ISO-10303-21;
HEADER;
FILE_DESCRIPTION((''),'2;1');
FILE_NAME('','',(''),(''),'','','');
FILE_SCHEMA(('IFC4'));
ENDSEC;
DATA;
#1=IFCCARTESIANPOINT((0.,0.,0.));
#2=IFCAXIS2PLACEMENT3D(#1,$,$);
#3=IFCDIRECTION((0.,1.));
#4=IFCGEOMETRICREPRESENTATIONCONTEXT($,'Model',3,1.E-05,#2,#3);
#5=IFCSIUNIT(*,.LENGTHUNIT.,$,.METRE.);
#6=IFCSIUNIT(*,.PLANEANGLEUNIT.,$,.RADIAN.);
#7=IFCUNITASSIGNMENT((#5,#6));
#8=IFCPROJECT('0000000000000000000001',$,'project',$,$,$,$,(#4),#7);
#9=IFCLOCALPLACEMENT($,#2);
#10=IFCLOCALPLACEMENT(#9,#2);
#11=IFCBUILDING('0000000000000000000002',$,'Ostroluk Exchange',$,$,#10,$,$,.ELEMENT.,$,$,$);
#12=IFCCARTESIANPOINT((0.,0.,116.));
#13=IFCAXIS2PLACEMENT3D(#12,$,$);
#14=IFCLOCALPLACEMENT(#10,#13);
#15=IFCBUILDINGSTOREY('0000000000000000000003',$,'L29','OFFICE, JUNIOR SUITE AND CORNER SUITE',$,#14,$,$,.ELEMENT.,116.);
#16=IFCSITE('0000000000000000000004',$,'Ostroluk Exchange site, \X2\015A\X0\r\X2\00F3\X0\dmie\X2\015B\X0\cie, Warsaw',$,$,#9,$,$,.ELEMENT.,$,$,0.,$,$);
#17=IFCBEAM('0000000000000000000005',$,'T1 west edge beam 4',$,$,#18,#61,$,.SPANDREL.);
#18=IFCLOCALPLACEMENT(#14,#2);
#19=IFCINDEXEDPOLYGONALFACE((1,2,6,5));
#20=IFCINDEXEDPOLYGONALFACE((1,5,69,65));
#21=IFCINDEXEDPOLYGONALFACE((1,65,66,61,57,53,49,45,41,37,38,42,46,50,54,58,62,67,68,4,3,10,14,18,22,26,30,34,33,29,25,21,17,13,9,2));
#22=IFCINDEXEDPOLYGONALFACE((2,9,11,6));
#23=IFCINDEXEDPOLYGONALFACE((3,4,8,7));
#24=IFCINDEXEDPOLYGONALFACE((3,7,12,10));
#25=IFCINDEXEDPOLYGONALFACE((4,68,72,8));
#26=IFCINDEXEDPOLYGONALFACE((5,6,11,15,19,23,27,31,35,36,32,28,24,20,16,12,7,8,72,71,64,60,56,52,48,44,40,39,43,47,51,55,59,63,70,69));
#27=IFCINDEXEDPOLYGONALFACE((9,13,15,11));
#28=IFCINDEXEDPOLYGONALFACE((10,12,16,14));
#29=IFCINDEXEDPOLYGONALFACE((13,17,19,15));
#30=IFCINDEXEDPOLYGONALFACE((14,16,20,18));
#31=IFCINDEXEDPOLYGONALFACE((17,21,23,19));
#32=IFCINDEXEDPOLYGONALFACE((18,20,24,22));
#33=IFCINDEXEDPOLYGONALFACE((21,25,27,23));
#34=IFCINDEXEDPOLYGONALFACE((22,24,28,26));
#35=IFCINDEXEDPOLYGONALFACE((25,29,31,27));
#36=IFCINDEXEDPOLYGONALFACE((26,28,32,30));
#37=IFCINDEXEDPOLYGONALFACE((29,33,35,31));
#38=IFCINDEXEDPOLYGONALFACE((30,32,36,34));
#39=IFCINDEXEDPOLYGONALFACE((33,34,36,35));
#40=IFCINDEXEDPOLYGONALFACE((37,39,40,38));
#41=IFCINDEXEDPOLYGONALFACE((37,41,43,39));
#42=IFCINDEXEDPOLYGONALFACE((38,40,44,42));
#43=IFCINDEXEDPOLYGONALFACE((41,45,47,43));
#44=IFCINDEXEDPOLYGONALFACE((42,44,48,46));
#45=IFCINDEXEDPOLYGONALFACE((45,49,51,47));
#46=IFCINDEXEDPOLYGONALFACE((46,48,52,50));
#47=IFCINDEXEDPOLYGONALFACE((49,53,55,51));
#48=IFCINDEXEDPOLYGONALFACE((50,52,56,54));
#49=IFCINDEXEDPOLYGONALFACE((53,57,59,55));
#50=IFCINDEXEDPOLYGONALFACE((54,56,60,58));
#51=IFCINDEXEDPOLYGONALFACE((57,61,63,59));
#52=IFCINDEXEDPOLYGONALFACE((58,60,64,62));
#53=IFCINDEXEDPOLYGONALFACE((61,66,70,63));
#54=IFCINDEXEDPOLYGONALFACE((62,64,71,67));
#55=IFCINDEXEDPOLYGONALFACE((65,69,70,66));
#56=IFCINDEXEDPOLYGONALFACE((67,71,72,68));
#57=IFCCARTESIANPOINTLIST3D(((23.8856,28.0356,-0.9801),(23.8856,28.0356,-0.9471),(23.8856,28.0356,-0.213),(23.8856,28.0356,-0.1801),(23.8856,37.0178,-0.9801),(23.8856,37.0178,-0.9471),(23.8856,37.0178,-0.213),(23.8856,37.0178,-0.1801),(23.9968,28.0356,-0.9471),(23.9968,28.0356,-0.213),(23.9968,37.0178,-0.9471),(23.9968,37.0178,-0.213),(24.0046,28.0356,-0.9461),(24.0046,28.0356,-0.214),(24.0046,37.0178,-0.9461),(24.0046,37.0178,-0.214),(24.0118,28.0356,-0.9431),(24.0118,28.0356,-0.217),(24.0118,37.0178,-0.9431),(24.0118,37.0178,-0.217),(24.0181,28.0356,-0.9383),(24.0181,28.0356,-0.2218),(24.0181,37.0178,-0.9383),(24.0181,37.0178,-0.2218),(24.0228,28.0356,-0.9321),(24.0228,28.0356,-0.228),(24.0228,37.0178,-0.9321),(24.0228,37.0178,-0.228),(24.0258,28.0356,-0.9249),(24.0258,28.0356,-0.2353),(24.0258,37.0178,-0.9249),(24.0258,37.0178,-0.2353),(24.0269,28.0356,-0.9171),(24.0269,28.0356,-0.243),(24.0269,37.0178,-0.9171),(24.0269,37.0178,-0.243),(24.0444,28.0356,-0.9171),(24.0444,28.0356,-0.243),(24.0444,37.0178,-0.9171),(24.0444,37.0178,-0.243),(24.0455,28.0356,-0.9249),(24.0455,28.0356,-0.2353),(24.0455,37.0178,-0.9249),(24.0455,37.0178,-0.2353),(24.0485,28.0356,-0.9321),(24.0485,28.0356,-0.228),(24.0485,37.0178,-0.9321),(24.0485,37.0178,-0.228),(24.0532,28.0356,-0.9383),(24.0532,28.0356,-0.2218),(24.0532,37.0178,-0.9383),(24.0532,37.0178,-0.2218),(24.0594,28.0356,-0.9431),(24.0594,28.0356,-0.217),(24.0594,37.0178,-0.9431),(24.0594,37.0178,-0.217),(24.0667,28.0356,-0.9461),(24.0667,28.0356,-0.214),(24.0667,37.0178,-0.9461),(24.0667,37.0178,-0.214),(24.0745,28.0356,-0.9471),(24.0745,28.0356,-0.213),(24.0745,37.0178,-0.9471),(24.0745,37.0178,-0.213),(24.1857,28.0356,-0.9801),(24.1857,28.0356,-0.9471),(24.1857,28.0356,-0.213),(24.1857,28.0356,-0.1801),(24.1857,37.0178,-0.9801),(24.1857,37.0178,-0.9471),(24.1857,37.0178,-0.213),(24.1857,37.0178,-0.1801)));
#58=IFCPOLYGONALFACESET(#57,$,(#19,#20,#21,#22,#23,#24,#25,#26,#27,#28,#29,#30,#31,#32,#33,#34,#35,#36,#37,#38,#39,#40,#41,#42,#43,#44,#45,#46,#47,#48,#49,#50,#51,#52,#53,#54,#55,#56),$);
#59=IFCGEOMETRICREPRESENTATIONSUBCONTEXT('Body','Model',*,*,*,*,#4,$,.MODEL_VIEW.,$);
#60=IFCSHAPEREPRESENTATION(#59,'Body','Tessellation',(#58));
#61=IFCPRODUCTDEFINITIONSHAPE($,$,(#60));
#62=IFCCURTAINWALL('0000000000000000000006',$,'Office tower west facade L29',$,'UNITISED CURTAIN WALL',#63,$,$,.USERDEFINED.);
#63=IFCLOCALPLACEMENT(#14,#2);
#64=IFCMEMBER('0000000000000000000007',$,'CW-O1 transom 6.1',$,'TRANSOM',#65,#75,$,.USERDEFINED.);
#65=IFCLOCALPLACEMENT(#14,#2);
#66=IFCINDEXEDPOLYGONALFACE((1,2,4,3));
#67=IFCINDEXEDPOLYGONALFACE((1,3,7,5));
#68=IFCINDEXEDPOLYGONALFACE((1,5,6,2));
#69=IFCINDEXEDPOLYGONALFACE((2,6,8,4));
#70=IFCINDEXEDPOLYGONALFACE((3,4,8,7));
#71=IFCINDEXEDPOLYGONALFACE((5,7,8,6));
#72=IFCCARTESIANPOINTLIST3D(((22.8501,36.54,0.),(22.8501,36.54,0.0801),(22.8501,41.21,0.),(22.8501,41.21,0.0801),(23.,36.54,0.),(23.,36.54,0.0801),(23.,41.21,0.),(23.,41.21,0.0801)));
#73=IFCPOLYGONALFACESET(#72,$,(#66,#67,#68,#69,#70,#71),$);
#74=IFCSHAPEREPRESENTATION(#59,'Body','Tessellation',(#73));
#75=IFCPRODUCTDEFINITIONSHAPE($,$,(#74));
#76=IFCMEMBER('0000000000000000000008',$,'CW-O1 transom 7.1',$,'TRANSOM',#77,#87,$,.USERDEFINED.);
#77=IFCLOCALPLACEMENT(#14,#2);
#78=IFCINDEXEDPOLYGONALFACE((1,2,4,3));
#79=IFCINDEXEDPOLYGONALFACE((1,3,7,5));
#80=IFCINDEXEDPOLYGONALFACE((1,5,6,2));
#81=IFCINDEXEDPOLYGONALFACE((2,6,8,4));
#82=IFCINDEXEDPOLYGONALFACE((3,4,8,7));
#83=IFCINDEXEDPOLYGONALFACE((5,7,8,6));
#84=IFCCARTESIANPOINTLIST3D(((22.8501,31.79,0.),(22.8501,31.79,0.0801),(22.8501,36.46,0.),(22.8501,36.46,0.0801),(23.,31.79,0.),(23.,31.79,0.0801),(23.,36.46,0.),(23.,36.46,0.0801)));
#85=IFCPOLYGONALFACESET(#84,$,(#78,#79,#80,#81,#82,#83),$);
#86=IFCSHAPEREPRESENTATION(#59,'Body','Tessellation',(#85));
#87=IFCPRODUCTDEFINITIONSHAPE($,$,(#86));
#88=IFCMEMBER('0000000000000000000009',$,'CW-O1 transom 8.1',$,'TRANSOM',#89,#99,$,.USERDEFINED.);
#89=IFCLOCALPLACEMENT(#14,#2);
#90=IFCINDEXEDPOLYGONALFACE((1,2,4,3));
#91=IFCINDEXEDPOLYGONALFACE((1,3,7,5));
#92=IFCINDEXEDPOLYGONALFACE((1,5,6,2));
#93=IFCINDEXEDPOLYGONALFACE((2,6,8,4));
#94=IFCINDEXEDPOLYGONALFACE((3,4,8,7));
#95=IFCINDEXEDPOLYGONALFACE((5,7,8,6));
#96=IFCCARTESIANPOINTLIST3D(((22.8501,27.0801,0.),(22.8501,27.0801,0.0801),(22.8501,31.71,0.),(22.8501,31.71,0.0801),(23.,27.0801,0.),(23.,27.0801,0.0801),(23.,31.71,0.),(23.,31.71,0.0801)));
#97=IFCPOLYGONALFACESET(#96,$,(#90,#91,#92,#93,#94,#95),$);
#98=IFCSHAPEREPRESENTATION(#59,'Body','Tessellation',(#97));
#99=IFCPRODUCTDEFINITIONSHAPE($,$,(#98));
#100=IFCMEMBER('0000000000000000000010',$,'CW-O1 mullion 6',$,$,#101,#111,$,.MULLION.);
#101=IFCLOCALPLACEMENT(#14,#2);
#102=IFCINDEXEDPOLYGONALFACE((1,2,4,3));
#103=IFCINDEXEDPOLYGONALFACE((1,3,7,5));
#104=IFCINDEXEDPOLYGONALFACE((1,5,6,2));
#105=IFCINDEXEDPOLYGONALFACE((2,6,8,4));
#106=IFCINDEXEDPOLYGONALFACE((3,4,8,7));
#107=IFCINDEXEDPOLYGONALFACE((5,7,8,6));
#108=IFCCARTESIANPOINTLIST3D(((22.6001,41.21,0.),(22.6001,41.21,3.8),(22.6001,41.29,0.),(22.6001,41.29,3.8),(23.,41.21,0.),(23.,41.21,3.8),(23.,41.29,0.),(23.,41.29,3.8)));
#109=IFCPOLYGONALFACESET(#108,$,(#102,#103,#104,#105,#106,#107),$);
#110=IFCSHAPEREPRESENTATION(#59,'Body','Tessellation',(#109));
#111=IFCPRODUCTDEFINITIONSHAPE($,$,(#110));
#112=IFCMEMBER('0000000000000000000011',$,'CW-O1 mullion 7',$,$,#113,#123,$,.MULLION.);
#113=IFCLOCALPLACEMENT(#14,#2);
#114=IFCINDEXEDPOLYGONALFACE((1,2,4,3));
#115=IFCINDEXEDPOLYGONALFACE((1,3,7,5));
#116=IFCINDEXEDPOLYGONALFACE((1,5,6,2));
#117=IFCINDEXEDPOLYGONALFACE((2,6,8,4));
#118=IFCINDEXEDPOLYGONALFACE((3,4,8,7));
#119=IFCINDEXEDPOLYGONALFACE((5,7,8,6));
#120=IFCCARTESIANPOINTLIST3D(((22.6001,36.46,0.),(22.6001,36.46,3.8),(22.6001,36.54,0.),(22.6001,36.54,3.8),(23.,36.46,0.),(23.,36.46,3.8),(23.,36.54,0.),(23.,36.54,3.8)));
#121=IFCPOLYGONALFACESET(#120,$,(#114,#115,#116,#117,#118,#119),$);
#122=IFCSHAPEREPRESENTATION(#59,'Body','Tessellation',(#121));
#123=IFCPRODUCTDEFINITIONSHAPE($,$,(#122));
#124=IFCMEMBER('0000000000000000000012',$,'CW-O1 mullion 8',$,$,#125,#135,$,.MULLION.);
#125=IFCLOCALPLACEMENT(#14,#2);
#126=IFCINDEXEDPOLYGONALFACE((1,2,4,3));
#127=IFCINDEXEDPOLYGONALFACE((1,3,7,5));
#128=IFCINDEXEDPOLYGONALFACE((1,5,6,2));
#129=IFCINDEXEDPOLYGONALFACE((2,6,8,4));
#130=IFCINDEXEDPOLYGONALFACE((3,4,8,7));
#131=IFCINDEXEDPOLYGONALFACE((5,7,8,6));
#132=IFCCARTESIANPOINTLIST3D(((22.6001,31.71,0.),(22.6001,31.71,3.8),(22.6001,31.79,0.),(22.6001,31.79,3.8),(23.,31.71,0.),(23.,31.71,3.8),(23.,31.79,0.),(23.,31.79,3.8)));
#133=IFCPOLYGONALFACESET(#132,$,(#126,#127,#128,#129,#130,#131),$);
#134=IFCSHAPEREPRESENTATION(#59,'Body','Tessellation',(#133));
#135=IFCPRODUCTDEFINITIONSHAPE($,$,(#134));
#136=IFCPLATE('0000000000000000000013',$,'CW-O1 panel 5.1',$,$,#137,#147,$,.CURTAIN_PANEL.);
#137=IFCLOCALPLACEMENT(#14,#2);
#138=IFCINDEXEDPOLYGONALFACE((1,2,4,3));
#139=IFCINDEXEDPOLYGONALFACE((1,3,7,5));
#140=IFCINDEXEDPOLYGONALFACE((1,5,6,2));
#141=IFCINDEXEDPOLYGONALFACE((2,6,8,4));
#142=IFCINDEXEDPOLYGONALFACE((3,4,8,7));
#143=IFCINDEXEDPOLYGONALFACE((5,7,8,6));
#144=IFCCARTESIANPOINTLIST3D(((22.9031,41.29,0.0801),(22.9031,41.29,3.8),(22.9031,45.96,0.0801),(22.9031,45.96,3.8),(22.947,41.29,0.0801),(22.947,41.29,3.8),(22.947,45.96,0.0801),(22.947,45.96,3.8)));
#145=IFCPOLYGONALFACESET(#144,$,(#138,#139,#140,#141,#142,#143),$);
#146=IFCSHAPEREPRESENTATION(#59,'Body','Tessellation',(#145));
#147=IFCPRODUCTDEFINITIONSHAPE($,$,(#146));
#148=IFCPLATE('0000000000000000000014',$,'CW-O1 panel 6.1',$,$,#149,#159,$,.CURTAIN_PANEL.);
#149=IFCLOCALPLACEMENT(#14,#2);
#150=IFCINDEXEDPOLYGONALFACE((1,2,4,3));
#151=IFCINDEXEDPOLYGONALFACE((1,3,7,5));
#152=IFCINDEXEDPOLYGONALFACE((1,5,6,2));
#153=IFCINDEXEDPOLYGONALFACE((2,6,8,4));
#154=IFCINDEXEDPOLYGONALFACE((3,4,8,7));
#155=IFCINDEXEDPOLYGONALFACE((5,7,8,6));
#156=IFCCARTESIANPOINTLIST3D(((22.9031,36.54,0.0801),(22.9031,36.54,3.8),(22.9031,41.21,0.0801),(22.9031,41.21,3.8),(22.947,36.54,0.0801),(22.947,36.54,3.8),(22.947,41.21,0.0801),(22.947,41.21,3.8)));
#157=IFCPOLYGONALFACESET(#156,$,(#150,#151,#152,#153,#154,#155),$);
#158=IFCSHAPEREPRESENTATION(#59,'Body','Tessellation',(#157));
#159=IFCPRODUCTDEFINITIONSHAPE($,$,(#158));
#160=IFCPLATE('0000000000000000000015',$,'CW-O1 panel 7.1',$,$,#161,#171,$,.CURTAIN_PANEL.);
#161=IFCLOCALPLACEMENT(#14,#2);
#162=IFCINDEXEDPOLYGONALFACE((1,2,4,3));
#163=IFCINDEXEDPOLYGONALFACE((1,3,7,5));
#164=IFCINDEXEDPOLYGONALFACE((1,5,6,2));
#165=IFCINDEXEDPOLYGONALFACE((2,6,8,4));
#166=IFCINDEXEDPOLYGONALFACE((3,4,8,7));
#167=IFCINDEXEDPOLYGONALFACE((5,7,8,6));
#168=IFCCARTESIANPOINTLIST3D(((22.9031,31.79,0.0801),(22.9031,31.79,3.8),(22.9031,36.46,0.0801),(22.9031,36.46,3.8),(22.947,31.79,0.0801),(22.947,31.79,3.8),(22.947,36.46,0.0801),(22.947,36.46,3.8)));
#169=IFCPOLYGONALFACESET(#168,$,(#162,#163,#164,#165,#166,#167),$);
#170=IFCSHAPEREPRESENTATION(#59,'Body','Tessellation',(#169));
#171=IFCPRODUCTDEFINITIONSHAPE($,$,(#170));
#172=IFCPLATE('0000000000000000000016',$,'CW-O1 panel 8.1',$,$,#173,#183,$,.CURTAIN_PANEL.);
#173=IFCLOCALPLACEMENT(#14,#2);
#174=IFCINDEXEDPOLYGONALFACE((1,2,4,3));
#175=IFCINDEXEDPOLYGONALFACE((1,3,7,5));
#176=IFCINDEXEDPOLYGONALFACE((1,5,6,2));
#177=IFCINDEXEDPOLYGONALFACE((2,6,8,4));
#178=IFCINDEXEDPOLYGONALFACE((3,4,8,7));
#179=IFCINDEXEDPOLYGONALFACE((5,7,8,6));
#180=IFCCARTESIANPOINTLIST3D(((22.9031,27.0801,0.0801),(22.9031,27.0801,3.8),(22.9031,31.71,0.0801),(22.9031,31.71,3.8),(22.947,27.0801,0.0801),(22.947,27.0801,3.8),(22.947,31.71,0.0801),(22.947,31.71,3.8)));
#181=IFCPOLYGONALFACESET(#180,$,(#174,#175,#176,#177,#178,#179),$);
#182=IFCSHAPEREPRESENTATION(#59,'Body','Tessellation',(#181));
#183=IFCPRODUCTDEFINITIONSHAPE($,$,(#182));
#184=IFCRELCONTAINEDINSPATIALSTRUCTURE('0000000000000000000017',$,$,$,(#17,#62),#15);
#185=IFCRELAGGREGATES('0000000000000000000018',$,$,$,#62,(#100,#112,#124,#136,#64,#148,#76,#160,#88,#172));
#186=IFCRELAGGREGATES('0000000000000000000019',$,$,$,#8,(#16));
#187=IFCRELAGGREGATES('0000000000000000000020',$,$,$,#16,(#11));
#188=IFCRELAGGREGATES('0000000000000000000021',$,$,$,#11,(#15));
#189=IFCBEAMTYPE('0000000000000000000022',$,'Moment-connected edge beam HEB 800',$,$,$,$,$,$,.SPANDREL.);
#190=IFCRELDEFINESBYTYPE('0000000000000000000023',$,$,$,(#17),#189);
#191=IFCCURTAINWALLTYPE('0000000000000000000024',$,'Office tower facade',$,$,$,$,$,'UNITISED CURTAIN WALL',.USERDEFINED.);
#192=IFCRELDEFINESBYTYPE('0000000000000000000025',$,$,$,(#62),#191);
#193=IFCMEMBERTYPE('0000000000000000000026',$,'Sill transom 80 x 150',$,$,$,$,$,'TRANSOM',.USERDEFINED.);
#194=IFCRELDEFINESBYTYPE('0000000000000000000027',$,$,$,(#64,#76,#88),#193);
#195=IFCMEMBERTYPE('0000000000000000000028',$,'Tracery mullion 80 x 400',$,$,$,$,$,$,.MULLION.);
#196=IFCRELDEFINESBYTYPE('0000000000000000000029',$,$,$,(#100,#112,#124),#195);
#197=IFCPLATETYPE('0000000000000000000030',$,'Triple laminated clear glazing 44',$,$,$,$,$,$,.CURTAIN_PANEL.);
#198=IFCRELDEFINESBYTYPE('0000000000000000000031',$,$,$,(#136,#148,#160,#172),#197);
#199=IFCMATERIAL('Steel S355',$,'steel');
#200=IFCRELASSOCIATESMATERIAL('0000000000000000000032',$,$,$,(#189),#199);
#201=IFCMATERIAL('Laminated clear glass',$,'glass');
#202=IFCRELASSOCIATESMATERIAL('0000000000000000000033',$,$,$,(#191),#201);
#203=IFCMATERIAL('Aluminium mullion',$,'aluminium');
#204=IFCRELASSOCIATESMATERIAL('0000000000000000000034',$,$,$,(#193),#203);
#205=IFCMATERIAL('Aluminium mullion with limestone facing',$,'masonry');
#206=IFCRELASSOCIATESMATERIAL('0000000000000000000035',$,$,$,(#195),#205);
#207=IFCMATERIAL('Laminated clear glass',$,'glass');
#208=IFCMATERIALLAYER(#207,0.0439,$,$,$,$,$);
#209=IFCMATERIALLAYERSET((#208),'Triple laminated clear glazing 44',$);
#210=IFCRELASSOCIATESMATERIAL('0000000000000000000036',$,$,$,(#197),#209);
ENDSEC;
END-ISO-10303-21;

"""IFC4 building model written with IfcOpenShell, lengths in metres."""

from ifc_helpers import new_model, si_unit, direction, frame, origin, origin_2d, place, context, subcontext, project, spatial, rectangle, i_section, extrude, material, layer, layer_set, material_profile, profile_set, type_object, element, aggregate, save


model = new_model("IFC4")

# Units and contexts
model_context = context("Model", 3, precision=1e-05, world=origin(), true_north=direction((0.0, 1.0)))
body_context = subcontext(model_context, "Body", "Model", "MODEL_VIEW")
ifc_project = project(units=[si_unit("LENGTHUNIT", "METRE"), si_unit("PLANEANGLEUNIT", "RADIAN")], contexts=[model_context])

# Site, building, storey
site_placement = place(None, origin())
site = spatial("IfcSite", under=ifc_project, at=site_placement, Name="Ostroluk Exchange site, Śródmieście, Warsaw", CompositionType="ELEMENT", RefElevation=0.0)
building_placement = place(site_placement, origin())
building = spatial("IfcBuilding", under=site, at=building_placement, Name="Ostroluk Exchange", CompositionType="ELEMENT")
storey_placement = place(building_placement, frame((0.0, 0.0, 116.0)))
storey = spatial("IfcBuildingStorey", under=building, at=storey_placement, Name="L29", Description="OFFICE, JUNIOR SUITE AND CORNER SUITE", CompositionType="ELEMENT", Elevation=116.0)

# Beam
ifc_material_1 = material(Name="Steel S355", Category="steel")
ifc_material_profile_1 = material_profile(ifc_material_1, i_section(OverallWidth=0.3, OverallDepth=0.8, WebThickness=0.0176, FlangeThickness=0.033, FilletRadius=0.03, at=origin_2d()), Name="HEB 800")
ifc_profile_set_1 = profile_set([ifc_material_profile_1], Name="Steel S355")
beam_type_1 = type_object("IfcBeamType", Name="Moment-connected edge beam HEB 800", PredefinedType="SPANDREL", material=ifc_profile_set_1)
beam_1_placement = place(storey_placement, frame((24.0356, 37.0178, -0.5801), z_axis=(0.0, -1.0, 0.0), x_axis=(1.0, 0.0, 0.0)))
element("IfcBeam", 1, at=beam_1_placement, inside=storey, type_object=beam_type_1, Name="T1 west edge beam 4", PredefinedType="SPANDREL", context=body_context, shape_type="SweptSolid", body=[
    extrude(i_section(OverallWidth=0.3, OverallDepth=0.8, WebThickness=0.0176, FlangeThickness=0.033, FilletRadius=0.03, at=origin_2d()), origin(), (0.0, 0.0, 1.0), 8.9822),
])

# Curtain wall, members, plates
ifc_material_2 = material(Name="Laminated clear glass", Category="glass")
curtain_wall_type = type_object("IfcCurtainWallType", Name="Office tower facade", ElementType="UNITISED CURTAIN WALL", PredefinedType="USERDEFINED", material=ifc_material_2)
curtain_wall_placement = place(storey_placement, origin())
curtain_wall = element("IfcCurtainWall", 2, at=curtain_wall_placement, inside=storey, type_object=curtain_wall_type, Name="Office tower west facade L29", ObjectType="UNITISED CURTAIN WALL", PredefinedType="USERDEFINED")
ifc_material_3 = material(Name="Aluminium mullion", Category="aluminium")
ifc_material_profile_2 = material_profile(ifc_material_3, rectangle(XDim=0.1499, YDim=0.0801, at=origin_2d()), Name="Sill transom 80 x 150")
ifc_profile_set_2 = profile_set([ifc_material_profile_2], Name="Aluminium mullion")
member_type_1 = type_object("IfcMemberType", Name="Sill transom 80 x 150", ElementType="TRANSOM", PredefinedType="USERDEFINED", material=ifc_profile_set_2)
member_1_placement = place(storey_placement, frame((22.925, 41.21, 0.04), z_axis=(0.0, -1.0, 0.0), x_axis=(1.0, 0.0, 0.0)))
member_1 = element("IfcMember", 3, at=member_1_placement, type_object=member_type_1, Name="CW-O1 transom 6.1", ObjectType="TRANSOM", PredefinedType="USERDEFINED", context=body_context, shape_type="SweptSolid", body=[
    extrude(rectangle(XDim=0.1499, YDim=0.0801, at=origin_2d()), origin(), (0.0, 0.0, 1.0), 4.6699),
])
member_2_placement = place(storey_placement, frame((22.925, 36.46, 0.04), z_axis=(0.0, -1.0, 0.0), x_axis=(1.0, 0.0, 0.0)))
member_2 = element("IfcMember", 4, at=member_2_placement, type_object=member_type_1, Name="CW-O1 transom 7.1", ObjectType="TRANSOM", PredefinedType="USERDEFINED", context=body_context, shape_type="SweptSolid", body=[
    extrude(rectangle(XDim=0.1499, YDim=0.0801, at=origin_2d()), origin(), (0.0, 0.0, 1.0), 4.6699),
])
member_3_placement = place(storey_placement, frame((22.925, 31.71, 0.04), z_axis=(0.0, -1.0, 0.0), x_axis=(1.0, 0.0, 0.0)))
member_3 = element("IfcMember", 5, at=member_3_placement, type_object=member_type_1, Name="CW-O1 transom 8.1", ObjectType="TRANSOM", PredefinedType="USERDEFINED", context=body_context, shape_type="SweptSolid", body=[
    extrude(rectangle(XDim=0.1499, YDim=0.0801, at=origin_2d()), origin(), (0.0, 0.0, 1.0), 4.6299),
])
ifc_material_4 = material(Name="Aluminium mullion with limestone facing", Category="masonry")
ifc_material_profile_3 = material_profile(ifc_material_4, rectangle(XDim=0.3999, YDim=0.0801, at=origin_2d()), Name="Tracery mullion 80 x 400")
ifc_profile_set_3 = profile_set([ifc_material_profile_3], Name="Aluminium mullion with limestone facing")
member_type_2 = type_object("IfcMemberType", Name="Tracery mullion 80 x 400", PredefinedType="MULLION", material=ifc_profile_set_3)
member_4_placement = place(storey_placement, frame((22.8, 41.25, 0.0), z_axis=(0.0, 0.0, 1.0), x_axis=(1.0, 0.0, 0.0)))
member_4 = element("IfcMember", 6, at=member_4_placement, type_object=member_type_2, Name="CW-O1 mullion 6", PredefinedType="MULLION", context=body_context, shape_type="SweptSolid", body=[
    extrude(rectangle(XDim=0.3999, YDim=0.0801, at=origin_2d()), origin(), (0.0, 0.0, 1.0), 3.8),
])
member_5_placement = place(storey_placement, frame((22.8, 36.5, 0.0), z_axis=(0.0, 0.0, 1.0), x_axis=(1.0, 0.0, 0.0)))
member_5 = element("IfcMember", 7, at=member_5_placement, type_object=member_type_2, Name="CW-O1 mullion 7", PredefinedType="MULLION", context=body_context, shape_type="SweptSolid", body=[
    extrude(rectangle(XDim=0.3999, YDim=0.0801, at=origin_2d()), origin(), (0.0, 0.0, 1.0), 3.8),
])
member_6_placement = place(storey_placement, frame((22.8, 31.75, 0.0), z_axis=(0.0, 0.0, 1.0), x_axis=(1.0, 0.0, 0.0)))
member_6 = element("IfcMember", 8, at=member_6_placement, type_object=member_type_2, Name="CW-O1 mullion 8", PredefinedType="MULLION", context=body_context, shape_type="SweptSolid", body=[
    extrude(rectangle(XDim=0.3999, YDim=0.0801, at=origin_2d()), origin(), (0.0, 0.0, 1.0), 3.8),
])
ifc_material_5 = material(Name="Laminated clear glass", Category="glass")
ifc_layer_1 = layer(ifc_material_5, 0.0439)
ifc_layer_set_1 = layer_set([ifc_layer_1], Name="Triple laminated clear glazing 44")
plate_type = type_object("IfcPlateType", Name="Triple laminated clear glazing 44", PredefinedType="CURTAIN_PANEL", material=ifc_layer_set_1)
plate_1_placement = place(storey_placement, frame((22.925, 43.625, 0.0801), z_axis=(0.0, 0.0, 1.0), x_axis=(0.0, -1.0, 0.0)))
plate_1 = element("IfcPlate", 9, at=plate_1_placement, type_object=plate_type, Name="CW-O1 panel 5.1", PredefinedType="CURTAIN_PANEL", context=body_context, shape_type="SweptSolid", body=[
    extrude(rectangle(XDim=4.6699, YDim=0.0439, at=origin_2d()), origin(), (0.0, 0.0, 1.0), 3.72),
])
plate_2_placement = place(storey_placement, frame((22.925, 38.875, 0.0801), z_axis=(0.0, 0.0, 1.0), x_axis=(0.0, -1.0, 0.0)))
plate_2 = element("IfcPlate", 10, at=plate_2_placement, type_object=plate_type, Name="CW-O1 panel 6.1", PredefinedType="CURTAIN_PANEL", context=body_context, shape_type="SweptSolid", body=[
    extrude(rectangle(XDim=4.6699, YDim=0.0439, at=origin_2d()), origin(), (0.0, 0.0, 1.0), 3.72),
])
plate_3_placement = place(storey_placement, frame((22.925, 34.125, 0.0801), z_axis=(0.0, 0.0, 1.0), x_axis=(0.0, -1.0, 0.0)))
plate_3 = element("IfcPlate", 11, at=plate_3_placement, type_object=plate_type, Name="CW-O1 panel 7.1", PredefinedType="CURTAIN_PANEL", context=body_context, shape_type="SweptSolid", body=[
    extrude(rectangle(XDim=4.6699, YDim=0.0439, at=origin_2d()), origin(), (0.0, 0.0, 1.0), 3.72),
])
plate_4_placement = place(storey_placement, frame((22.925, 29.395, 0.0801), z_axis=(0.0, 0.0, 1.0), x_axis=(0.0, -1.0, 0.0)))
plate_4 = element("IfcPlate", 12, at=plate_4_placement, type_object=plate_type, Name="CW-O1 panel 8.1", PredefinedType="CURTAIN_PANEL", context=body_context, shape_type="SweptSolid", body=[
    extrude(rectangle(XDim=4.6299, YDim=0.0439, at=origin_2d()), origin(), (0.0, 0.0, 1.0), 3.72),
])
aggregate(curtain_wall, [member_4, member_5, member_6, plate_1, member_1, plate_2, member_2, plate_3, member_3, plate_4])

save(model, "model.ifc")
